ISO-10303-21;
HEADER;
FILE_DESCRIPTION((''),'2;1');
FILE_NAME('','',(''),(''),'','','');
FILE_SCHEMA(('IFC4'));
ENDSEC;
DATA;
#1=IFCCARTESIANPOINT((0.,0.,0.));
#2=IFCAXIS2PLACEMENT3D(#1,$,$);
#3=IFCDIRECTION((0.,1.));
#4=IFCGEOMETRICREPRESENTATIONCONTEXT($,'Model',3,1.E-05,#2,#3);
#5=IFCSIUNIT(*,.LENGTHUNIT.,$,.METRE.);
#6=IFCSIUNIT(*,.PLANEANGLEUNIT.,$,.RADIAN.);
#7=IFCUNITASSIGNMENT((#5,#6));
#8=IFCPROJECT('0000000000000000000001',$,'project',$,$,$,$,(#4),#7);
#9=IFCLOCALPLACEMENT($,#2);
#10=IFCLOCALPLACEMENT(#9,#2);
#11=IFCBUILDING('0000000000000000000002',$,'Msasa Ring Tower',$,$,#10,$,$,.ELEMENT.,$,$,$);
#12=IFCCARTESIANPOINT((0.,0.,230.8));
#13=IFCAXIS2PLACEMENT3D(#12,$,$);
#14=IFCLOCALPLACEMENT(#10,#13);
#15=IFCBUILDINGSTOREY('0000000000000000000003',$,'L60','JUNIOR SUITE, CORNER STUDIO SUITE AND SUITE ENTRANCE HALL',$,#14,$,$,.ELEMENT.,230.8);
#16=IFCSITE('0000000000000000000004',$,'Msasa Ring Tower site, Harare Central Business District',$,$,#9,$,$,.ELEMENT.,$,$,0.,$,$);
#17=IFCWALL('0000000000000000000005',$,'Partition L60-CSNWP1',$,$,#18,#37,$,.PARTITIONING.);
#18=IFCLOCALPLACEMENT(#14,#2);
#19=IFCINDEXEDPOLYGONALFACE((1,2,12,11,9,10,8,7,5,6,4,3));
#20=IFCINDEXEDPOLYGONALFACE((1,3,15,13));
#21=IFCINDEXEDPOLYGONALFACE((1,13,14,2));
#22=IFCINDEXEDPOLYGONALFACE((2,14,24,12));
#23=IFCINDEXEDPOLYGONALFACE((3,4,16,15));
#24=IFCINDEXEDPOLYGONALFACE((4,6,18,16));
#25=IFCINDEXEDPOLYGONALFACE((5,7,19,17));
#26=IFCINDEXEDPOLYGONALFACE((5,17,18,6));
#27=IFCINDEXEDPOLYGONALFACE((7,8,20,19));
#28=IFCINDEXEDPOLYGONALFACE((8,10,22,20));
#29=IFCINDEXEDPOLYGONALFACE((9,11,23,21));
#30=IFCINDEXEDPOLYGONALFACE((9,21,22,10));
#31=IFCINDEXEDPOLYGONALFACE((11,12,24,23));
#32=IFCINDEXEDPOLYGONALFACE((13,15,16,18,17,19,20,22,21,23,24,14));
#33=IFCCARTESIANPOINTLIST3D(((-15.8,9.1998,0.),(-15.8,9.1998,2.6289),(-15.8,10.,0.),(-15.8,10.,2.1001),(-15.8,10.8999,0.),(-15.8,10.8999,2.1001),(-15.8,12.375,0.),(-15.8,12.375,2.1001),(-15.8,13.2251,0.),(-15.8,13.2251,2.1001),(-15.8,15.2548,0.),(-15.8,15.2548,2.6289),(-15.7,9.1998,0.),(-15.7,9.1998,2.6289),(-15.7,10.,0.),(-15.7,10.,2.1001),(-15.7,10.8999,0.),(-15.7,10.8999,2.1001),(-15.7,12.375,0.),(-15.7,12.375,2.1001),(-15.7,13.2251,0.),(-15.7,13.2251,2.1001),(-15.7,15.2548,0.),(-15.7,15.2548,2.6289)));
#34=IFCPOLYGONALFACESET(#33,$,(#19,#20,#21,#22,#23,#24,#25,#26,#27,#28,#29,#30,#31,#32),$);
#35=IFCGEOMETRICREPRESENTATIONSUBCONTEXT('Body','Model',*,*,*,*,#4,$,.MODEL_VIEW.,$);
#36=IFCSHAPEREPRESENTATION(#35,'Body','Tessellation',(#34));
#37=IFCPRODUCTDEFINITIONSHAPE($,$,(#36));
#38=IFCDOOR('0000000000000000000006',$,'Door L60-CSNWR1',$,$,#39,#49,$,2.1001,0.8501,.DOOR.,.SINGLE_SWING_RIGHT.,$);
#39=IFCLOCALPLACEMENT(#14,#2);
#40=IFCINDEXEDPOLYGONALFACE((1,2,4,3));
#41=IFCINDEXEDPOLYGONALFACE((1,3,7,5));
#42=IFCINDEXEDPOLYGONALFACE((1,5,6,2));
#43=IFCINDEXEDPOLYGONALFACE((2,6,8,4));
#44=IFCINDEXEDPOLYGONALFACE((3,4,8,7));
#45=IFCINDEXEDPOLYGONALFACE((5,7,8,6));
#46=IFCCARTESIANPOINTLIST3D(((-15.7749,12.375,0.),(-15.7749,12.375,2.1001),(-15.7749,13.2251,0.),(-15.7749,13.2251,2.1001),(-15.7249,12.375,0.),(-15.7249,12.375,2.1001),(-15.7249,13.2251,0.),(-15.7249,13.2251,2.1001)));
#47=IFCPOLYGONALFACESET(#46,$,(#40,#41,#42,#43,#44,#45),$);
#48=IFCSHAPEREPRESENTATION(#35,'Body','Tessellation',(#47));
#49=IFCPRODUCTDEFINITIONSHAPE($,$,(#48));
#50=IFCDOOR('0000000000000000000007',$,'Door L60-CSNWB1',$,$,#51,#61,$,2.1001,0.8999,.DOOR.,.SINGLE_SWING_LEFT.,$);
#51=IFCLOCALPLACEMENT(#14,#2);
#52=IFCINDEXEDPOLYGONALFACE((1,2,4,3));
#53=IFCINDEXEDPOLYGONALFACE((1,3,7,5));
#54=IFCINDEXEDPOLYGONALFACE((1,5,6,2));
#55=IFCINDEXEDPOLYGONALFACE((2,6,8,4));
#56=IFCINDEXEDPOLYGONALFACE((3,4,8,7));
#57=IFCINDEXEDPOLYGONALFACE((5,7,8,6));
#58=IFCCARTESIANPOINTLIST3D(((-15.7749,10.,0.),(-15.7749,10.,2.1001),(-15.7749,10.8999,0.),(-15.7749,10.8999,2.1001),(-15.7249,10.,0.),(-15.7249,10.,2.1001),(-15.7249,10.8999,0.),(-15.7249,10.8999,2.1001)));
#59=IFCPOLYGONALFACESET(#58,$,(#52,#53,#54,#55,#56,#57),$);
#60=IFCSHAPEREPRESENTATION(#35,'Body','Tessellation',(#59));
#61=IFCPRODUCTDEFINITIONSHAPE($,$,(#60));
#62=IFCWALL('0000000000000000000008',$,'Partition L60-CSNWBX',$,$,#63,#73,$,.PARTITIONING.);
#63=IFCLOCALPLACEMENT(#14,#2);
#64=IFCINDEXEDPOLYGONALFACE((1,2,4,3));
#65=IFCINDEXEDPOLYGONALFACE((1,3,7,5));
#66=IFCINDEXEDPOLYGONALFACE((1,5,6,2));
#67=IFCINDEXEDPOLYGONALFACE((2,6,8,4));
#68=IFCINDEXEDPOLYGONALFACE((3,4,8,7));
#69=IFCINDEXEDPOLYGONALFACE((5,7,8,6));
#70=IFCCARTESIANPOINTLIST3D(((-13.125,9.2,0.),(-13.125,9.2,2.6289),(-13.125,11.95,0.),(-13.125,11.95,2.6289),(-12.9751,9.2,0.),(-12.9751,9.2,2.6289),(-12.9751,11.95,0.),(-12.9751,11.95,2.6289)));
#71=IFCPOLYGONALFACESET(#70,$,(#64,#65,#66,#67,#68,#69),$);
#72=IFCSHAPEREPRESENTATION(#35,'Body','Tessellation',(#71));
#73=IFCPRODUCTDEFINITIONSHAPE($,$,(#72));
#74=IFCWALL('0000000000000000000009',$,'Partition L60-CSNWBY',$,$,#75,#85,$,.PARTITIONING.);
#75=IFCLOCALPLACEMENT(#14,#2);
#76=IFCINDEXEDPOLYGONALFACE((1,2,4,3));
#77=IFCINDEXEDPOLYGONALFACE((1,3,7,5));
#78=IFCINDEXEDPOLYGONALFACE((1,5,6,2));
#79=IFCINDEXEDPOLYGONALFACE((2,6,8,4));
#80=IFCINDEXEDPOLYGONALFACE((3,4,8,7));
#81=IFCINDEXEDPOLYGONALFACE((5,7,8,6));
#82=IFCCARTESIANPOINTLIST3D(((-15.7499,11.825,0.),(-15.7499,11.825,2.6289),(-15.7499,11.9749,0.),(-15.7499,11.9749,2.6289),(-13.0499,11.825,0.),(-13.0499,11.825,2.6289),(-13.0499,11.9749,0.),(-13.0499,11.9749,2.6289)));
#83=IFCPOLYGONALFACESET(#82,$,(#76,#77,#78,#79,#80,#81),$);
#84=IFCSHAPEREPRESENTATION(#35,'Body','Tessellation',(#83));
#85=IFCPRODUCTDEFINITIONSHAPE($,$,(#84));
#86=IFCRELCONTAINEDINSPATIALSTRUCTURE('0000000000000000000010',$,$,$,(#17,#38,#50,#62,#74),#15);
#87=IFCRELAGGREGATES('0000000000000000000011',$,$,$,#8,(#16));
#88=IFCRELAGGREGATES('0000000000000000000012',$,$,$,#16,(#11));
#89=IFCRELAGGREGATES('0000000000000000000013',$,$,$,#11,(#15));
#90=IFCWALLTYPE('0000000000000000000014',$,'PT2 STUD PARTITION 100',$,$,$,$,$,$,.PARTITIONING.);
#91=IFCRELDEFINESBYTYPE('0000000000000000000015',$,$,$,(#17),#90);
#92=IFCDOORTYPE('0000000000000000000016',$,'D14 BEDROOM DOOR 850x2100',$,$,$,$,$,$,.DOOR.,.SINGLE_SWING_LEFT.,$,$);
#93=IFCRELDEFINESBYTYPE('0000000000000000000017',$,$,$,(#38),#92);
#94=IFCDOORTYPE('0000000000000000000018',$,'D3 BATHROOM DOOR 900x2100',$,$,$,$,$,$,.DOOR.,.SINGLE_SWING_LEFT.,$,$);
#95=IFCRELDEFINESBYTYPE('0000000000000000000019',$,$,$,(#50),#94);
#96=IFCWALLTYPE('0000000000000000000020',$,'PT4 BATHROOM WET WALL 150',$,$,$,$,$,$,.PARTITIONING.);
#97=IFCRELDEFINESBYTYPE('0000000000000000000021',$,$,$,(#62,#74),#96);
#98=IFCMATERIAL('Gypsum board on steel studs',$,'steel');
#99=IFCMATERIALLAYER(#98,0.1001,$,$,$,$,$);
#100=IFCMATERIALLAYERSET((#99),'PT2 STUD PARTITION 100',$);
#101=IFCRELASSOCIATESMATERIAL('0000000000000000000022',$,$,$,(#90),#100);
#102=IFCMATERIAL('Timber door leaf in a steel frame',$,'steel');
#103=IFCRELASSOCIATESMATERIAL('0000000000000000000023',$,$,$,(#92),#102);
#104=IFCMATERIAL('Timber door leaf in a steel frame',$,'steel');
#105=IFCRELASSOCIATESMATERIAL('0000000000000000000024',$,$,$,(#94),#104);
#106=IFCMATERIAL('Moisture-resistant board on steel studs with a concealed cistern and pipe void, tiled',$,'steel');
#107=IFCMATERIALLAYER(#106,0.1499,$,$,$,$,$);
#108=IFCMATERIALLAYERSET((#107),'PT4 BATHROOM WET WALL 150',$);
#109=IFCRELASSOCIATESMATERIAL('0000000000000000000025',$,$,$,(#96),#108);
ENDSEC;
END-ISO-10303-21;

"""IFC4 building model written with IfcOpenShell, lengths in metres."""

from ifc_helpers import new_model, si_unit, direction, frame, frame_2d, origin, place, context, subcontext, project, spatial, rectangle, extrude, material, layer, layer_set, type_object, element, fill, save


model = new_model("IFC4")

# Units and contexts
model_context = context("Model", 3, precision=1e-05, world=origin(), true_north=direction((0.0, 1.0)))
body_context = subcontext(model_context, "Body", "Model", "MODEL_VIEW")
ifc_project = project(units=[si_unit("LENGTHUNIT", "METRE"), si_unit("PLANEANGLEUNIT", "RADIAN")], contexts=[model_context])

# Site, building, storey
site_placement = place(None, origin())
site = spatial("IfcSite", under=ifc_project, at=site_placement, Name="Msasa Ring Tower site, Harare Central Business District", CompositionType="ELEMENT", RefElevation=0.0)
building_placement = place(site_placement, origin())
building = spatial("IfcBuilding", under=site, at=building_placement, Name="Msasa Ring Tower", CompositionType="ELEMENT")
storey_placement = place(building_placement, frame((0.0, 0.0, 230.8)))
storey = spatial("IfcBuildingStorey", under=building, at=storey_placement, Name="L60", Description="JUNIOR SUITE, CORNER STUDIO SUITE AND SUITE ENTRANCE HALL", CompositionType="ELEMENT", Elevation=230.8)

# Wall, openings, doors
ifc_material_1 = material(Name="Gypsum board on steel studs", Category="steel")
ifc_layer_1 = layer(ifc_material_1, 0.1001)
ifc_layer_set_1 = layer_set([ifc_layer_1], Name="PT2 STUD PARTITION 100")
wall_type_1 = type_object("IfcWallType", Name="PT2 STUD PARTITION 100", PredefinedType="PARTITIONING", material=ifc_layer_set_1)
wall_1_placement = place(storey_placement, frame((-15.75, 9.2, 0.0), z_axis=(0.0, 0.0, 1.0), x_axis=(0.0, 1.0, 0.0)))
wall_1 = element("IfcWall", 1, at=wall_1_placement, inside=storey, type_object=wall_type_1, Name="Partition L60-CSNWP1", PredefinedType="PARTITIONING", context=body_context, shape_type="SweptSolid", body=[
    extrude(rectangle(XDim=6.0549, YDim=0.1001, at=frame_2d((3.0273, 0.0))), origin(), (0.0, 0.0, 1.0), 2.6289),
])
opening_1_placement = place(wall_1_placement, frame((3.175, 0.0, 0.0)))
opening_1 = element("IfcOpeningElement", 2, at=opening_1_placement, cuts=wall_1, PredefinedType="OPENING", context=body_context, shape_type="SweptSolid", body=[
    extrude(rectangle(XDim=0.8501, YDim=2.1001, at=frame_2d((0.425, 1.05))), frame((0.0, 0.0601, 0.0), z_axis=(0.0, -1.0, 0.0), x_axis=(1.0, 0.0, 0.0)), (0.0, 0.0, 1.0), 0.1201),
])
opening_2_placement = place(wall_1_placement, frame((0.8, 0.0, 0.0)))
opening_2 = element("IfcOpeningElement", 3, at=opening_2_placement, cuts=wall_1, PredefinedType="OPENING", context=body_context, shape_type="SweptSolid", body=[
    extrude(rectangle(XDim=0.8999, YDim=2.1001, at=frame_2d((0.45, 1.05))), frame((0.0, 0.0601, 0.0), z_axis=(0.0, -1.0, 0.0), x_axis=(1.0, 0.0, 0.0)), (0.0, 0.0, 1.0), 0.1201),
])
ifc_material_2 = material(Name="Timber door leaf in a steel frame", Category="steel")
door_type_1 = type_object("IfcDoorType", Name="D14 BEDROOM DOOR 850x2100", OperationType="SINGLE_SWING_LEFT", PredefinedType="DOOR", material=ifc_material_2)
door_1_placement = place(opening_1_placement, origin())
door_1 = element("IfcDoor", 4, at=door_1_placement, inside=storey, type_object=door_type_1, Name="Door L60-CSNWR1", OperationType="SINGLE_SWING_RIGHT", OverallHeight=2.1001, OverallWidth=0.8501, PredefinedType="DOOR", context=body_context, shape_type="SweptSolid", body=[
    extrude(rectangle(XDim=0.8501, YDim=2.1001, at=frame_2d((0.425, 1.05))), frame((0.0, 0.0249, 0.0), z_axis=(0.0, -1.0, 0.0), x_axis=(1.0, 0.0, 0.0)), (0.0, 0.0, 1.0), 0.05),
])
fill(opening_1, door_1)
ifc_material_3 = material(Name="Timber door leaf in a steel frame", Category="steel")
door_type_2 = type_object("IfcDoorType", Name="D3 BATHROOM DOOR 900x2100", OperationType="SINGLE_SWING_LEFT", PredefinedType="DOOR", material=ifc_material_3)
door_2_placement = place(opening_2_placement, origin())
door_2 = element("IfcDoor", 5, at=door_2_placement, inside=storey, type_object=door_type_2, Name="Door L60-CSNWB1", OperationType="SINGLE_SWING_LEFT", OverallHeight=2.1001, OverallWidth=0.8999, PredefinedType="DOOR", context=body_context, shape_type="SweptSolid", body=[
    extrude(rectangle(XDim=0.8999, YDim=2.1001, at=frame_2d((0.45, 1.05))), frame((0.0, 0.0249, 0.0), z_axis=(0.0, -1.0, 0.0), x_axis=(1.0, 0.0, 0.0)), (0.0, 0.0, 1.0), 0.05),
])
fill(opening_2, door_2)

# Walls
ifc_material_4 = material(Name="Moisture-resistant board on steel studs with a concealed cistern and pipe void, tiled", Category="steel")
ifc_layer_2 = layer(ifc_material_4, 0.1499)
ifc_layer_set_2 = layer_set([ifc_layer_2], Name="PT4 BATHROOM WET WALL 150")
wall_type_2 = type_object("IfcWallType", Name="PT4 BATHROOM WET WALL 150", PredefinedType="PARTITIONING", material=ifc_layer_set_2)
wall_2_placement = place(storey_placement, frame((-13.05, 9.2, 0.0), z_axis=(0.0, 0.0, 1.0), x_axis=(0.0, 1.0, 0.0)))
element("IfcWall", 6, at=wall_2_placement, inside=storey, type_object=wall_type_2, Name="Partition L60-CSNWBX", PredefinedType="PARTITIONING", context=body_context, shape_type="SweptSolid", body=[
    extrude(rectangle(XDim=2.75, YDim=0.1499, at=frame_2d((1.375, 0.0))), origin(), (0.0, 0.0, 1.0), 2.6289),
])
wall_3_placement = place(storey_placement, frame((-15.75, 11.8999, 0.0), z_axis=(0.0, 0.0, 1.0), x_axis=(1.0, 0.0, 0.0)))
element("IfcWall", 7, at=wall_3_placement, inside=storey, type_object=wall_type_2, Name="Partition L60-CSNWBY", PredefinedType="PARTITIONING", context=body_context, shape_type="SweptSolid", body=[
    extrude(rectangle(XDim=2.7, YDim=0.1499, at=frame_2d((1.3501, 0.0))), origin(), (0.0, 0.0, 1.0), 2.6289),
])

save(model, "model.ifc")
